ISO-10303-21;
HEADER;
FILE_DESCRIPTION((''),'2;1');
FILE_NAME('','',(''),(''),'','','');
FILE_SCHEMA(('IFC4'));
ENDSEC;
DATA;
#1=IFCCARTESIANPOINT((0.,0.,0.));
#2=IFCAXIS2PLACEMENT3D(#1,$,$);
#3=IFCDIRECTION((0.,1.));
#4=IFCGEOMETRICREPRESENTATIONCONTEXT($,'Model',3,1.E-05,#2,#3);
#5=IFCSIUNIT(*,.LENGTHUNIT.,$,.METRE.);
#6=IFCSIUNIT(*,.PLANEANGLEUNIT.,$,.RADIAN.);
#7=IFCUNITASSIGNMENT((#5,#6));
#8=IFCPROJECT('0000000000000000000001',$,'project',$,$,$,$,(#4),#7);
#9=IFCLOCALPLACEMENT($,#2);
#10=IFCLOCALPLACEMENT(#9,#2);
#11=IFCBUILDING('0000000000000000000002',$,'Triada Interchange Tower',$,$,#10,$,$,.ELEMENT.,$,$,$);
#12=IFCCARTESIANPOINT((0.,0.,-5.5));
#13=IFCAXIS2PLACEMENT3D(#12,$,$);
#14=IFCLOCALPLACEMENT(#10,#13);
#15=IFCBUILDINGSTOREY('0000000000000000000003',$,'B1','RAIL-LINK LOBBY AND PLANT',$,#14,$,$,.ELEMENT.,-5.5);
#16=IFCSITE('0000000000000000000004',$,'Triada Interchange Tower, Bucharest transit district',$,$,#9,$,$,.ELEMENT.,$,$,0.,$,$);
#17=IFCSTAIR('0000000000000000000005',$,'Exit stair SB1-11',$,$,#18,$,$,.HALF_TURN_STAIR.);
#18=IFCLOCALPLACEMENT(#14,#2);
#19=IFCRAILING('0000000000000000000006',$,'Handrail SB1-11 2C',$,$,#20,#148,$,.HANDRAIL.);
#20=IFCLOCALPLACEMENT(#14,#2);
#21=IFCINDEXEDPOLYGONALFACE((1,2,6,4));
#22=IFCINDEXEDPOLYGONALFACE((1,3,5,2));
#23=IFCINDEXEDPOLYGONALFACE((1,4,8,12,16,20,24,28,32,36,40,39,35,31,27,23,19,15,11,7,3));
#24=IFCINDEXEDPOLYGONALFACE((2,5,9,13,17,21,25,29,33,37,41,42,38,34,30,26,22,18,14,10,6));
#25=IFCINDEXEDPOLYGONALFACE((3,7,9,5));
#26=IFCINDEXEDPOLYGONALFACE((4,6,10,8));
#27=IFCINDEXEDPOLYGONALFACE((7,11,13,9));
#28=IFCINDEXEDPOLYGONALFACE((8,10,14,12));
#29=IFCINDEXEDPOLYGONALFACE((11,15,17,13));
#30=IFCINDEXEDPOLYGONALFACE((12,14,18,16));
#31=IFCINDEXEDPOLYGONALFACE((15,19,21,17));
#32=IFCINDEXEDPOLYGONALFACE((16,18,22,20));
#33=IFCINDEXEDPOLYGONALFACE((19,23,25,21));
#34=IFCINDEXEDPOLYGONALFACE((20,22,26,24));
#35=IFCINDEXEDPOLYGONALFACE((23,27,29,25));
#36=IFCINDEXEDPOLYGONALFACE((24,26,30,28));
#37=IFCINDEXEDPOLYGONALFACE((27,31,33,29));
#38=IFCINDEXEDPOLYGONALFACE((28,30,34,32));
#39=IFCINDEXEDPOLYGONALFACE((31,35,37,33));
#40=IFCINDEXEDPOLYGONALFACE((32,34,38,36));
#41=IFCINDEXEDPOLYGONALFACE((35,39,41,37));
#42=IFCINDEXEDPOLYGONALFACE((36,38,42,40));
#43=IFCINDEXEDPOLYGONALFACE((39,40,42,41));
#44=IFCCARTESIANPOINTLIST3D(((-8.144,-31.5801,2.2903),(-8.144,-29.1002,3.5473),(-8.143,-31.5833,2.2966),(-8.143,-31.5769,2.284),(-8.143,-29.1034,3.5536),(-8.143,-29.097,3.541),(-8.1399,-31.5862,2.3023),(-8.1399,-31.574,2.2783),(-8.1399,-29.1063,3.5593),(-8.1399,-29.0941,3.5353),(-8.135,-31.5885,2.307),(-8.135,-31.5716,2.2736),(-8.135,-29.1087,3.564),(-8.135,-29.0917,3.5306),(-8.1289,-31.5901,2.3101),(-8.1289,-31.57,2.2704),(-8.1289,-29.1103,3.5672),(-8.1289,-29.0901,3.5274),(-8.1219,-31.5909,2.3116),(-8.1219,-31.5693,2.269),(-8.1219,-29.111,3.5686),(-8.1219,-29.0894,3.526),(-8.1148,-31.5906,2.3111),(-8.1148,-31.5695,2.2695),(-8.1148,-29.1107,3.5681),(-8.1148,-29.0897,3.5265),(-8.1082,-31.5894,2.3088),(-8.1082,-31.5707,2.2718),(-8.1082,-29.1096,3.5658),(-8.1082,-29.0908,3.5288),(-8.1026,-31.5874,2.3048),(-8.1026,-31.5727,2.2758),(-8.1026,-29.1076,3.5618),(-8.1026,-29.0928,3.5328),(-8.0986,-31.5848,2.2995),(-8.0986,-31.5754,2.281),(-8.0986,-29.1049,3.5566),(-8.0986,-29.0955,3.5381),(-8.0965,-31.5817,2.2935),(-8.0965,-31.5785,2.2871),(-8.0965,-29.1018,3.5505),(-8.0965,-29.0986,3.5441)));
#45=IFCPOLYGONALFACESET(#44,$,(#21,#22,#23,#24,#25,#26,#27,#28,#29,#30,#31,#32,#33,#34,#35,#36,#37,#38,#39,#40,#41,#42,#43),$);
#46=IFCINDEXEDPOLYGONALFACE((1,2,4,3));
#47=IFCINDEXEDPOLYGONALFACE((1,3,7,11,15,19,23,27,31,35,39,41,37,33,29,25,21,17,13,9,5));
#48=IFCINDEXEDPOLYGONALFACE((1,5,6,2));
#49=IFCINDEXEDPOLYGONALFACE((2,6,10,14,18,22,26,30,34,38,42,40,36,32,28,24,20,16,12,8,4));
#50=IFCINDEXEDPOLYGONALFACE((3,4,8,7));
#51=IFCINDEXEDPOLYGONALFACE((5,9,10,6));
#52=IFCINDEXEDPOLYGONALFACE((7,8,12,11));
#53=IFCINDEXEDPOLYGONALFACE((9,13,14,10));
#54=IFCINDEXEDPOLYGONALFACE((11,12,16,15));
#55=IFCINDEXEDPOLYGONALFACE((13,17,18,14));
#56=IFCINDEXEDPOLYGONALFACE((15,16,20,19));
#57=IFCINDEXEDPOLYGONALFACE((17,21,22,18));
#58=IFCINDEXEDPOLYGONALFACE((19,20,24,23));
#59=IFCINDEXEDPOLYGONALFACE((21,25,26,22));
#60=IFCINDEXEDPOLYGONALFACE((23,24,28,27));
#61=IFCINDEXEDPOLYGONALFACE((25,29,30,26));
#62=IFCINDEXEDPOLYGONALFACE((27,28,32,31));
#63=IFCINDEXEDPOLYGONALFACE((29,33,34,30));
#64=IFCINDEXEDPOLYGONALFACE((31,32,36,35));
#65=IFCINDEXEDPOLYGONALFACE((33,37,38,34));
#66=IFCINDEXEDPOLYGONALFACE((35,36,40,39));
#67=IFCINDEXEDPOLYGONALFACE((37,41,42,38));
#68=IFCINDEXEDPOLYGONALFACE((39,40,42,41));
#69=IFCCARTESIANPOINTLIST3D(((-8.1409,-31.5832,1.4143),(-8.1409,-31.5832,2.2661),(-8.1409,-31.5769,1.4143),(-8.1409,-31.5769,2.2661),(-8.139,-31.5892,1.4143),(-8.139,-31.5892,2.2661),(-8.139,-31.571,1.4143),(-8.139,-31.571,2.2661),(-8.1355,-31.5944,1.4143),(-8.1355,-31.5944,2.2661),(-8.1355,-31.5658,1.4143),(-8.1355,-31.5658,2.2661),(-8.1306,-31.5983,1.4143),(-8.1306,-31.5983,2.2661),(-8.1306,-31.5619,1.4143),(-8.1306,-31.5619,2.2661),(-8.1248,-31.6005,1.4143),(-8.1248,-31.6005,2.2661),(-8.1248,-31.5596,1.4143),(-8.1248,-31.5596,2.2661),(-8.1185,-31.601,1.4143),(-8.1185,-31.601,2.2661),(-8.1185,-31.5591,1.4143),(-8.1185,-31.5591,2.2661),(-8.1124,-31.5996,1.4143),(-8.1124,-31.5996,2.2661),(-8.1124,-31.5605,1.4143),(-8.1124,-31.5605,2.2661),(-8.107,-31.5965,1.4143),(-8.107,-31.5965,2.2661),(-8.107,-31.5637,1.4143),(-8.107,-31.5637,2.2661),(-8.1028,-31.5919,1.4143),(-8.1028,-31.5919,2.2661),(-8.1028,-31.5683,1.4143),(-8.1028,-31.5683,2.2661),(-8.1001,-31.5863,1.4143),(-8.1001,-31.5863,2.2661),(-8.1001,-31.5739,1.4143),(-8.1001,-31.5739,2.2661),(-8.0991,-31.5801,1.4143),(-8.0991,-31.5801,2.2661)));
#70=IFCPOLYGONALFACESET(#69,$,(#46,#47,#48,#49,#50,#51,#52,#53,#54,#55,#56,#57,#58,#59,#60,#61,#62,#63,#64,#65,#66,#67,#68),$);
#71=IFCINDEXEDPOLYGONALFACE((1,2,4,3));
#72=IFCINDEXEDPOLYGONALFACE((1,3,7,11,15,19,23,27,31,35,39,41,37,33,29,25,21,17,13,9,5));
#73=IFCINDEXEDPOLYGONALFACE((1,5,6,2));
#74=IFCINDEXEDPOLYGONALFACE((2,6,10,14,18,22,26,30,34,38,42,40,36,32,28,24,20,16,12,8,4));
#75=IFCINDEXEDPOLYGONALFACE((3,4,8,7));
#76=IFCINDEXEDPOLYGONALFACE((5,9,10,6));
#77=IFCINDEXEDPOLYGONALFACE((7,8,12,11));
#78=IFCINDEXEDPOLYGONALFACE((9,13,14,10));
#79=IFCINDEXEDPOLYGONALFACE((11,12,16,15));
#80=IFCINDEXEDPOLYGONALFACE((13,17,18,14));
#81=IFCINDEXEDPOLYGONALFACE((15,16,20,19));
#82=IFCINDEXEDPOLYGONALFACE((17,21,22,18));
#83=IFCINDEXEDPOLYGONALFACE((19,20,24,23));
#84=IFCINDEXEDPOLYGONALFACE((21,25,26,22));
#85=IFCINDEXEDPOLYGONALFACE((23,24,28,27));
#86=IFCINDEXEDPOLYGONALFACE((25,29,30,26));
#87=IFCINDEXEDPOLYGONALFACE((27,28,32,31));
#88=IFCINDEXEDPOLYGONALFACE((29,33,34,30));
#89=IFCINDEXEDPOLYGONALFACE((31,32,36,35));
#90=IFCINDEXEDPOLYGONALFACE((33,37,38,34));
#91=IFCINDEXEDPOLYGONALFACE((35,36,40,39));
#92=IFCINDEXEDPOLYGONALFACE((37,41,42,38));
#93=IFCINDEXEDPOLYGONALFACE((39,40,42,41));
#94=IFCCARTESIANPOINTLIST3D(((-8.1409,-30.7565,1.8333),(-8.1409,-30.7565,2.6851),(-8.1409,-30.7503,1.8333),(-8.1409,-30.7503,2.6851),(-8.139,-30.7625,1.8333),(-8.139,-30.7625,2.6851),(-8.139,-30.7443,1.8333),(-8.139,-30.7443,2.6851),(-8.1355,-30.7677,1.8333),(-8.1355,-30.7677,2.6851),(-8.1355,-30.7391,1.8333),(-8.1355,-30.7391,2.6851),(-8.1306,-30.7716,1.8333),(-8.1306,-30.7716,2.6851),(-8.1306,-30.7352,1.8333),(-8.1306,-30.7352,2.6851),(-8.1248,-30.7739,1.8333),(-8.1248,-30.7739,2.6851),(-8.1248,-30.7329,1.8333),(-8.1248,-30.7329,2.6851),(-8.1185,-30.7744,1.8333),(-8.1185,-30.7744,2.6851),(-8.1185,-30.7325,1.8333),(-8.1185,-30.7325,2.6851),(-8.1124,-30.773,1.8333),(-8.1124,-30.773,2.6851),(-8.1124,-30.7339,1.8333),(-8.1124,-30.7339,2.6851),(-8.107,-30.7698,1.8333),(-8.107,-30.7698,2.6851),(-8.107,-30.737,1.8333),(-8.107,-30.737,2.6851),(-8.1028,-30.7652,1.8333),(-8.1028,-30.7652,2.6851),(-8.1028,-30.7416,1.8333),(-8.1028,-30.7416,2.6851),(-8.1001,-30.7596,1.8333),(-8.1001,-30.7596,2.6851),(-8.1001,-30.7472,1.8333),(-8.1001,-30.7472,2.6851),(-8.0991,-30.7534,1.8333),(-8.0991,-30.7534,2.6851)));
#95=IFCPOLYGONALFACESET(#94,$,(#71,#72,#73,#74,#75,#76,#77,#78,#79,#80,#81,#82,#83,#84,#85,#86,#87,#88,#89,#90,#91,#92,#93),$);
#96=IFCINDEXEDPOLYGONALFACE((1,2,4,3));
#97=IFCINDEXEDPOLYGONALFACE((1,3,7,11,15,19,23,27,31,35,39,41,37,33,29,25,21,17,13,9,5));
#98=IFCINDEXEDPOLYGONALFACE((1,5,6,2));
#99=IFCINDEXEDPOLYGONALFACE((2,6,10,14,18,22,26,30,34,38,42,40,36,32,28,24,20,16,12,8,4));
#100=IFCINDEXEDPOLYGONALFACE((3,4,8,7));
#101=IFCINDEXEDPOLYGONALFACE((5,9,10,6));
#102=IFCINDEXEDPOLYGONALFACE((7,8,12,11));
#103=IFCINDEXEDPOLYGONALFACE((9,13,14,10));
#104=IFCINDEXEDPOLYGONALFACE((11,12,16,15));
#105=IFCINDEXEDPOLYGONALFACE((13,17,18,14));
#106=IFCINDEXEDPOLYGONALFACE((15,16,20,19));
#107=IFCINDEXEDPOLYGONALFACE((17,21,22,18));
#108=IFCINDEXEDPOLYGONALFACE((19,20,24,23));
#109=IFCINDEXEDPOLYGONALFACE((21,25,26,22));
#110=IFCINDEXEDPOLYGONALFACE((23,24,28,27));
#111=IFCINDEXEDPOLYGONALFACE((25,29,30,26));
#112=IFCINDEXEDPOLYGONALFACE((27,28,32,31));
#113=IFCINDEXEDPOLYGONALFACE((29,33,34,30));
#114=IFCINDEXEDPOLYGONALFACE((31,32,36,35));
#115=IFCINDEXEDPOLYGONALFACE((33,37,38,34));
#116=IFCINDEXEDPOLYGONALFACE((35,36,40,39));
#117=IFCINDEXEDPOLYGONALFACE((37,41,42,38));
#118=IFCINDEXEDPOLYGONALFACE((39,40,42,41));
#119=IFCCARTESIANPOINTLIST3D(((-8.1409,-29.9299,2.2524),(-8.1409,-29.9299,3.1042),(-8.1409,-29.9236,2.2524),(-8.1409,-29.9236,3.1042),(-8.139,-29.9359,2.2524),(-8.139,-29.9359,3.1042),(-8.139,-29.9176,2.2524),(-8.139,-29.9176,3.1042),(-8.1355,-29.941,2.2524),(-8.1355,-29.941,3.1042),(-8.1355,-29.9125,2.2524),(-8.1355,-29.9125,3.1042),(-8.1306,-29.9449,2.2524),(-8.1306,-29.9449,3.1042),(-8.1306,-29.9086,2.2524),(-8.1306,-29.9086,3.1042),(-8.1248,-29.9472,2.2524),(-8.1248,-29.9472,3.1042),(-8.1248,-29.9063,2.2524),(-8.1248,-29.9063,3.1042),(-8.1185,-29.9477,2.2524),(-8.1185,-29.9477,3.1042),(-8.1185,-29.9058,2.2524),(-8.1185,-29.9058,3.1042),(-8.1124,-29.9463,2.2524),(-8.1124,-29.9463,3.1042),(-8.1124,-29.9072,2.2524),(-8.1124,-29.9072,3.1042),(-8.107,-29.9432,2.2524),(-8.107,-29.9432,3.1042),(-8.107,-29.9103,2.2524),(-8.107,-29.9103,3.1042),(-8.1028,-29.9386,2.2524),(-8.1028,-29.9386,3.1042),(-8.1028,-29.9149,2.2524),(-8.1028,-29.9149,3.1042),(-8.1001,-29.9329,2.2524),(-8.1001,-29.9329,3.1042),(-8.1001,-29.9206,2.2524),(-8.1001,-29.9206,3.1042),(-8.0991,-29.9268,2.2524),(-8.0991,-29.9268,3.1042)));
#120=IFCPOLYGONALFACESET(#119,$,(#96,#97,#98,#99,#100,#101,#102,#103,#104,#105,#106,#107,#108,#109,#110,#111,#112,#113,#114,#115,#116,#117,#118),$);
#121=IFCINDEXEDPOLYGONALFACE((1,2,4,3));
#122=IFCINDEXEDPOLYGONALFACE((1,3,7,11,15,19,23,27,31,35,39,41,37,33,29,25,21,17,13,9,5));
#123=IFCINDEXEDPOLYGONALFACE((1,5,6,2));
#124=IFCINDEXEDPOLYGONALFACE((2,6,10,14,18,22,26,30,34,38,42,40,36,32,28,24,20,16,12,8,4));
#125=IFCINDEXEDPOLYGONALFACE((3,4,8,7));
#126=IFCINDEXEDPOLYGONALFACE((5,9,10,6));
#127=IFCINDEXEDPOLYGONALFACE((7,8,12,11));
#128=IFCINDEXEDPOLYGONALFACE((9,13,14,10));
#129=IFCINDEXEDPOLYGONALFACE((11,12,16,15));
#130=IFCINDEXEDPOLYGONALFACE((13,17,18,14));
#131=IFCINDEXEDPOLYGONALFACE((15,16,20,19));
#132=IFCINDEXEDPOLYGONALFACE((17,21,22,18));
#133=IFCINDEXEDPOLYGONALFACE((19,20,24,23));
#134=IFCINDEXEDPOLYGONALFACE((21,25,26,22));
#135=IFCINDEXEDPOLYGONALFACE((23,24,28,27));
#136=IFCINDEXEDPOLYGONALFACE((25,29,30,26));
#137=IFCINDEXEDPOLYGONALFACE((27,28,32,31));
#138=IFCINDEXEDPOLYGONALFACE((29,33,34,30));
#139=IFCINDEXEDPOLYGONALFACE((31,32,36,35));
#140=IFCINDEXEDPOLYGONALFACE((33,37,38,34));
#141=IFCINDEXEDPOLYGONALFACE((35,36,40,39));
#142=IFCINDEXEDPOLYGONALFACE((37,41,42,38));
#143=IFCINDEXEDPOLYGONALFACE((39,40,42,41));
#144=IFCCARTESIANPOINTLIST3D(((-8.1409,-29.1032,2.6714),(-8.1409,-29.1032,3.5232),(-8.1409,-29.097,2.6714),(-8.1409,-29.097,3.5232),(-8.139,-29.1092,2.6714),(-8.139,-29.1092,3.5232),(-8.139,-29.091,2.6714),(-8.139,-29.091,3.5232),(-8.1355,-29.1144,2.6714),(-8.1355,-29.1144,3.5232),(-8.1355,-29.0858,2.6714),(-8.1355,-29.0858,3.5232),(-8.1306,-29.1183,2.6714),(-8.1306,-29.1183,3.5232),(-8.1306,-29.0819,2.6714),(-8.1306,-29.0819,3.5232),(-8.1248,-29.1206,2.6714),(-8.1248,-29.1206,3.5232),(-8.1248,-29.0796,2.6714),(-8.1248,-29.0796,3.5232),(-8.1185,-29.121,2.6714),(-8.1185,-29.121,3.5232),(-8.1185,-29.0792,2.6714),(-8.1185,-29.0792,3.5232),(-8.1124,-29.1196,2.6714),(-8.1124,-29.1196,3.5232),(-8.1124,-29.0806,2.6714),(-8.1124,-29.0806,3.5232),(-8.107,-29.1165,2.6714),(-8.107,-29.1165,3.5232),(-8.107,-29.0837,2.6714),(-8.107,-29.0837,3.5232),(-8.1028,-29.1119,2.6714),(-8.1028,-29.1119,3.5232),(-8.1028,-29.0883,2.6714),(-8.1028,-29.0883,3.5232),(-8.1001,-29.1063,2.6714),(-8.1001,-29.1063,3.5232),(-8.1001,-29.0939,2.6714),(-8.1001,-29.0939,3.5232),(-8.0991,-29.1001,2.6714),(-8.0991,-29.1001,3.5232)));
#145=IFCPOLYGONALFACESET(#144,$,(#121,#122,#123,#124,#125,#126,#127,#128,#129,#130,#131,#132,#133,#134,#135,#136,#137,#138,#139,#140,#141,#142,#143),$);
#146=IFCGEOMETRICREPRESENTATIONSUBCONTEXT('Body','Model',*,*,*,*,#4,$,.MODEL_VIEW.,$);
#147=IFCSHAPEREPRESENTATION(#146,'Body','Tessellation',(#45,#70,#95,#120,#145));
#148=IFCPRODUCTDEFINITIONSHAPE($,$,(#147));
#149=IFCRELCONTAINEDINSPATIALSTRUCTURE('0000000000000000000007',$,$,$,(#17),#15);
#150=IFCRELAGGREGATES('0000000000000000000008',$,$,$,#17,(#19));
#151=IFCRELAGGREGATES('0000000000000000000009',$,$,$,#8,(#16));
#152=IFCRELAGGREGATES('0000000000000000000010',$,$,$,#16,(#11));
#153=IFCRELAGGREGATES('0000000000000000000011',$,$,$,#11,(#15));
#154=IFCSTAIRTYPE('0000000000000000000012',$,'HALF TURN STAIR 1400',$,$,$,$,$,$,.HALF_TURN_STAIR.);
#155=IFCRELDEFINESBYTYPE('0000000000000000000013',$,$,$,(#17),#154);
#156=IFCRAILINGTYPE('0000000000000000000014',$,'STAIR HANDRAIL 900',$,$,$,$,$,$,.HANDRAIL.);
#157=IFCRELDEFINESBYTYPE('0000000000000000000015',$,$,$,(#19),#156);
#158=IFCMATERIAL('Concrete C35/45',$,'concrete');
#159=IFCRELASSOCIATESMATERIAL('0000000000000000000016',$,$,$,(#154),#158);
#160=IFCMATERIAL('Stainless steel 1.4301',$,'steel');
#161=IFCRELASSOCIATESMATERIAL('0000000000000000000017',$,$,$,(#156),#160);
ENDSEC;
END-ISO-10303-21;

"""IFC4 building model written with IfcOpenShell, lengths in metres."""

from ifc_helpers import new_model, si_unit, direction, frame, origin, origin_2d, place, context, subcontext, project, spatial, circle, extrude, material, type_object, element, aggregate, save


model = new_model("IFC4")

# Units and contexts
model_context = context("Model", 3, precision=1e-05, world=origin(), true_north=direction((0.0, 1.0)))
body_context = subcontext(model_context, "Body", "Model", "MODEL_VIEW")
ifc_project = project(units=[si_unit("LENGTHUNIT", "METRE"), si_unit("PLANEANGLEUNIT", "RADIAN")], contexts=[model_context])

# Site, building, storey
site_placement = place(None, origin())
site = spatial("IfcSite", under=ifc_project, at=site_placement, Name="Triada Interchange Tower, Bucharest transit district", CompositionType="ELEMENT", RefElevation=0.0)
building_placement = place(site_placement, origin())
building = spatial("IfcBuilding", under=site, at=building_placement, Name="Triada Interchange Tower", CompositionType="ELEMENT")
storey_placement = place(building_placement, frame((0.0, 0.0, -5.5)))
storey = spatial("IfcBuildingStorey", under=building, at=storey_placement, Name="B1", Description="RAIL-LINK LOBBY AND PLANT", CompositionType="ELEMENT", Elevation=-5.5)

# Shared definitions
ifc_material_1 = material(Name="Concrete C35/45", Category="concrete")

# Stair, railing
stair_type = type_object("IfcStairType", Name="HALF TURN STAIR 1400", PredefinedType="HALF_TURN_STAIR", material=ifc_material_1)
stair_placement = place(storey_placement, origin())
stair = element("IfcStair", 1, at=stair_placement, inside=storey, type_object=stair_type, Name="Exit stair SB1-11", PredefinedType="HALF_TURN_STAIR")
ifc_material_2 = material(Name="Stainless steel 1.4301", Category="steel")
railing_type_1 = type_object("IfcRailingType", Name="STAIR HANDRAIL 900", PredefinedType="HANDRAIL", material=ifc_material_2)
railing_1_placement = place(storey_placement, frame((-8.1201, -31.5801, 1.4143)))
railing_1 = element("IfcRailing", 2, at=railing_1_placement, type_object=railing_type_1, Name="Handrail SB1-11 2C", PredefinedType="HANDRAIL", context=body_context, shape_type="SweptSolid", body=[
    extrude(circle(Radius=0.0239, at=origin_2d()), frame((0.0, 0.0, 0.876), z_axis=(0.0, 0.891955, 0.452124), x_axis=(-1.0, 0.0, 0.0)), (0.0, 0.0, 1.0), 2.7803),
    extrude(circle(Radius=0.021, at=origin_2d()), origin(), (0.0, 0.0, 1.0), 0.8518),
    extrude(circle(Radius=0.021, at=origin_2d()), frame((0.0, 0.8267, 0.4189)), (0.0, 0.0, 1.0), 0.8518),
    extrude(circle(Radius=0.021, at=origin_2d()), frame((0.0, 1.6533, 0.8381)), (0.0, 0.0, 1.0), 0.8518),
    extrude(circle(Radius=0.021, at=origin_2d()), frame((0.0, 2.48, 1.2571)), (0.0, 0.0, 1.0), 0.8518),
])
aggregate(stair, [railing_1])

save(model, "model.ifc")
